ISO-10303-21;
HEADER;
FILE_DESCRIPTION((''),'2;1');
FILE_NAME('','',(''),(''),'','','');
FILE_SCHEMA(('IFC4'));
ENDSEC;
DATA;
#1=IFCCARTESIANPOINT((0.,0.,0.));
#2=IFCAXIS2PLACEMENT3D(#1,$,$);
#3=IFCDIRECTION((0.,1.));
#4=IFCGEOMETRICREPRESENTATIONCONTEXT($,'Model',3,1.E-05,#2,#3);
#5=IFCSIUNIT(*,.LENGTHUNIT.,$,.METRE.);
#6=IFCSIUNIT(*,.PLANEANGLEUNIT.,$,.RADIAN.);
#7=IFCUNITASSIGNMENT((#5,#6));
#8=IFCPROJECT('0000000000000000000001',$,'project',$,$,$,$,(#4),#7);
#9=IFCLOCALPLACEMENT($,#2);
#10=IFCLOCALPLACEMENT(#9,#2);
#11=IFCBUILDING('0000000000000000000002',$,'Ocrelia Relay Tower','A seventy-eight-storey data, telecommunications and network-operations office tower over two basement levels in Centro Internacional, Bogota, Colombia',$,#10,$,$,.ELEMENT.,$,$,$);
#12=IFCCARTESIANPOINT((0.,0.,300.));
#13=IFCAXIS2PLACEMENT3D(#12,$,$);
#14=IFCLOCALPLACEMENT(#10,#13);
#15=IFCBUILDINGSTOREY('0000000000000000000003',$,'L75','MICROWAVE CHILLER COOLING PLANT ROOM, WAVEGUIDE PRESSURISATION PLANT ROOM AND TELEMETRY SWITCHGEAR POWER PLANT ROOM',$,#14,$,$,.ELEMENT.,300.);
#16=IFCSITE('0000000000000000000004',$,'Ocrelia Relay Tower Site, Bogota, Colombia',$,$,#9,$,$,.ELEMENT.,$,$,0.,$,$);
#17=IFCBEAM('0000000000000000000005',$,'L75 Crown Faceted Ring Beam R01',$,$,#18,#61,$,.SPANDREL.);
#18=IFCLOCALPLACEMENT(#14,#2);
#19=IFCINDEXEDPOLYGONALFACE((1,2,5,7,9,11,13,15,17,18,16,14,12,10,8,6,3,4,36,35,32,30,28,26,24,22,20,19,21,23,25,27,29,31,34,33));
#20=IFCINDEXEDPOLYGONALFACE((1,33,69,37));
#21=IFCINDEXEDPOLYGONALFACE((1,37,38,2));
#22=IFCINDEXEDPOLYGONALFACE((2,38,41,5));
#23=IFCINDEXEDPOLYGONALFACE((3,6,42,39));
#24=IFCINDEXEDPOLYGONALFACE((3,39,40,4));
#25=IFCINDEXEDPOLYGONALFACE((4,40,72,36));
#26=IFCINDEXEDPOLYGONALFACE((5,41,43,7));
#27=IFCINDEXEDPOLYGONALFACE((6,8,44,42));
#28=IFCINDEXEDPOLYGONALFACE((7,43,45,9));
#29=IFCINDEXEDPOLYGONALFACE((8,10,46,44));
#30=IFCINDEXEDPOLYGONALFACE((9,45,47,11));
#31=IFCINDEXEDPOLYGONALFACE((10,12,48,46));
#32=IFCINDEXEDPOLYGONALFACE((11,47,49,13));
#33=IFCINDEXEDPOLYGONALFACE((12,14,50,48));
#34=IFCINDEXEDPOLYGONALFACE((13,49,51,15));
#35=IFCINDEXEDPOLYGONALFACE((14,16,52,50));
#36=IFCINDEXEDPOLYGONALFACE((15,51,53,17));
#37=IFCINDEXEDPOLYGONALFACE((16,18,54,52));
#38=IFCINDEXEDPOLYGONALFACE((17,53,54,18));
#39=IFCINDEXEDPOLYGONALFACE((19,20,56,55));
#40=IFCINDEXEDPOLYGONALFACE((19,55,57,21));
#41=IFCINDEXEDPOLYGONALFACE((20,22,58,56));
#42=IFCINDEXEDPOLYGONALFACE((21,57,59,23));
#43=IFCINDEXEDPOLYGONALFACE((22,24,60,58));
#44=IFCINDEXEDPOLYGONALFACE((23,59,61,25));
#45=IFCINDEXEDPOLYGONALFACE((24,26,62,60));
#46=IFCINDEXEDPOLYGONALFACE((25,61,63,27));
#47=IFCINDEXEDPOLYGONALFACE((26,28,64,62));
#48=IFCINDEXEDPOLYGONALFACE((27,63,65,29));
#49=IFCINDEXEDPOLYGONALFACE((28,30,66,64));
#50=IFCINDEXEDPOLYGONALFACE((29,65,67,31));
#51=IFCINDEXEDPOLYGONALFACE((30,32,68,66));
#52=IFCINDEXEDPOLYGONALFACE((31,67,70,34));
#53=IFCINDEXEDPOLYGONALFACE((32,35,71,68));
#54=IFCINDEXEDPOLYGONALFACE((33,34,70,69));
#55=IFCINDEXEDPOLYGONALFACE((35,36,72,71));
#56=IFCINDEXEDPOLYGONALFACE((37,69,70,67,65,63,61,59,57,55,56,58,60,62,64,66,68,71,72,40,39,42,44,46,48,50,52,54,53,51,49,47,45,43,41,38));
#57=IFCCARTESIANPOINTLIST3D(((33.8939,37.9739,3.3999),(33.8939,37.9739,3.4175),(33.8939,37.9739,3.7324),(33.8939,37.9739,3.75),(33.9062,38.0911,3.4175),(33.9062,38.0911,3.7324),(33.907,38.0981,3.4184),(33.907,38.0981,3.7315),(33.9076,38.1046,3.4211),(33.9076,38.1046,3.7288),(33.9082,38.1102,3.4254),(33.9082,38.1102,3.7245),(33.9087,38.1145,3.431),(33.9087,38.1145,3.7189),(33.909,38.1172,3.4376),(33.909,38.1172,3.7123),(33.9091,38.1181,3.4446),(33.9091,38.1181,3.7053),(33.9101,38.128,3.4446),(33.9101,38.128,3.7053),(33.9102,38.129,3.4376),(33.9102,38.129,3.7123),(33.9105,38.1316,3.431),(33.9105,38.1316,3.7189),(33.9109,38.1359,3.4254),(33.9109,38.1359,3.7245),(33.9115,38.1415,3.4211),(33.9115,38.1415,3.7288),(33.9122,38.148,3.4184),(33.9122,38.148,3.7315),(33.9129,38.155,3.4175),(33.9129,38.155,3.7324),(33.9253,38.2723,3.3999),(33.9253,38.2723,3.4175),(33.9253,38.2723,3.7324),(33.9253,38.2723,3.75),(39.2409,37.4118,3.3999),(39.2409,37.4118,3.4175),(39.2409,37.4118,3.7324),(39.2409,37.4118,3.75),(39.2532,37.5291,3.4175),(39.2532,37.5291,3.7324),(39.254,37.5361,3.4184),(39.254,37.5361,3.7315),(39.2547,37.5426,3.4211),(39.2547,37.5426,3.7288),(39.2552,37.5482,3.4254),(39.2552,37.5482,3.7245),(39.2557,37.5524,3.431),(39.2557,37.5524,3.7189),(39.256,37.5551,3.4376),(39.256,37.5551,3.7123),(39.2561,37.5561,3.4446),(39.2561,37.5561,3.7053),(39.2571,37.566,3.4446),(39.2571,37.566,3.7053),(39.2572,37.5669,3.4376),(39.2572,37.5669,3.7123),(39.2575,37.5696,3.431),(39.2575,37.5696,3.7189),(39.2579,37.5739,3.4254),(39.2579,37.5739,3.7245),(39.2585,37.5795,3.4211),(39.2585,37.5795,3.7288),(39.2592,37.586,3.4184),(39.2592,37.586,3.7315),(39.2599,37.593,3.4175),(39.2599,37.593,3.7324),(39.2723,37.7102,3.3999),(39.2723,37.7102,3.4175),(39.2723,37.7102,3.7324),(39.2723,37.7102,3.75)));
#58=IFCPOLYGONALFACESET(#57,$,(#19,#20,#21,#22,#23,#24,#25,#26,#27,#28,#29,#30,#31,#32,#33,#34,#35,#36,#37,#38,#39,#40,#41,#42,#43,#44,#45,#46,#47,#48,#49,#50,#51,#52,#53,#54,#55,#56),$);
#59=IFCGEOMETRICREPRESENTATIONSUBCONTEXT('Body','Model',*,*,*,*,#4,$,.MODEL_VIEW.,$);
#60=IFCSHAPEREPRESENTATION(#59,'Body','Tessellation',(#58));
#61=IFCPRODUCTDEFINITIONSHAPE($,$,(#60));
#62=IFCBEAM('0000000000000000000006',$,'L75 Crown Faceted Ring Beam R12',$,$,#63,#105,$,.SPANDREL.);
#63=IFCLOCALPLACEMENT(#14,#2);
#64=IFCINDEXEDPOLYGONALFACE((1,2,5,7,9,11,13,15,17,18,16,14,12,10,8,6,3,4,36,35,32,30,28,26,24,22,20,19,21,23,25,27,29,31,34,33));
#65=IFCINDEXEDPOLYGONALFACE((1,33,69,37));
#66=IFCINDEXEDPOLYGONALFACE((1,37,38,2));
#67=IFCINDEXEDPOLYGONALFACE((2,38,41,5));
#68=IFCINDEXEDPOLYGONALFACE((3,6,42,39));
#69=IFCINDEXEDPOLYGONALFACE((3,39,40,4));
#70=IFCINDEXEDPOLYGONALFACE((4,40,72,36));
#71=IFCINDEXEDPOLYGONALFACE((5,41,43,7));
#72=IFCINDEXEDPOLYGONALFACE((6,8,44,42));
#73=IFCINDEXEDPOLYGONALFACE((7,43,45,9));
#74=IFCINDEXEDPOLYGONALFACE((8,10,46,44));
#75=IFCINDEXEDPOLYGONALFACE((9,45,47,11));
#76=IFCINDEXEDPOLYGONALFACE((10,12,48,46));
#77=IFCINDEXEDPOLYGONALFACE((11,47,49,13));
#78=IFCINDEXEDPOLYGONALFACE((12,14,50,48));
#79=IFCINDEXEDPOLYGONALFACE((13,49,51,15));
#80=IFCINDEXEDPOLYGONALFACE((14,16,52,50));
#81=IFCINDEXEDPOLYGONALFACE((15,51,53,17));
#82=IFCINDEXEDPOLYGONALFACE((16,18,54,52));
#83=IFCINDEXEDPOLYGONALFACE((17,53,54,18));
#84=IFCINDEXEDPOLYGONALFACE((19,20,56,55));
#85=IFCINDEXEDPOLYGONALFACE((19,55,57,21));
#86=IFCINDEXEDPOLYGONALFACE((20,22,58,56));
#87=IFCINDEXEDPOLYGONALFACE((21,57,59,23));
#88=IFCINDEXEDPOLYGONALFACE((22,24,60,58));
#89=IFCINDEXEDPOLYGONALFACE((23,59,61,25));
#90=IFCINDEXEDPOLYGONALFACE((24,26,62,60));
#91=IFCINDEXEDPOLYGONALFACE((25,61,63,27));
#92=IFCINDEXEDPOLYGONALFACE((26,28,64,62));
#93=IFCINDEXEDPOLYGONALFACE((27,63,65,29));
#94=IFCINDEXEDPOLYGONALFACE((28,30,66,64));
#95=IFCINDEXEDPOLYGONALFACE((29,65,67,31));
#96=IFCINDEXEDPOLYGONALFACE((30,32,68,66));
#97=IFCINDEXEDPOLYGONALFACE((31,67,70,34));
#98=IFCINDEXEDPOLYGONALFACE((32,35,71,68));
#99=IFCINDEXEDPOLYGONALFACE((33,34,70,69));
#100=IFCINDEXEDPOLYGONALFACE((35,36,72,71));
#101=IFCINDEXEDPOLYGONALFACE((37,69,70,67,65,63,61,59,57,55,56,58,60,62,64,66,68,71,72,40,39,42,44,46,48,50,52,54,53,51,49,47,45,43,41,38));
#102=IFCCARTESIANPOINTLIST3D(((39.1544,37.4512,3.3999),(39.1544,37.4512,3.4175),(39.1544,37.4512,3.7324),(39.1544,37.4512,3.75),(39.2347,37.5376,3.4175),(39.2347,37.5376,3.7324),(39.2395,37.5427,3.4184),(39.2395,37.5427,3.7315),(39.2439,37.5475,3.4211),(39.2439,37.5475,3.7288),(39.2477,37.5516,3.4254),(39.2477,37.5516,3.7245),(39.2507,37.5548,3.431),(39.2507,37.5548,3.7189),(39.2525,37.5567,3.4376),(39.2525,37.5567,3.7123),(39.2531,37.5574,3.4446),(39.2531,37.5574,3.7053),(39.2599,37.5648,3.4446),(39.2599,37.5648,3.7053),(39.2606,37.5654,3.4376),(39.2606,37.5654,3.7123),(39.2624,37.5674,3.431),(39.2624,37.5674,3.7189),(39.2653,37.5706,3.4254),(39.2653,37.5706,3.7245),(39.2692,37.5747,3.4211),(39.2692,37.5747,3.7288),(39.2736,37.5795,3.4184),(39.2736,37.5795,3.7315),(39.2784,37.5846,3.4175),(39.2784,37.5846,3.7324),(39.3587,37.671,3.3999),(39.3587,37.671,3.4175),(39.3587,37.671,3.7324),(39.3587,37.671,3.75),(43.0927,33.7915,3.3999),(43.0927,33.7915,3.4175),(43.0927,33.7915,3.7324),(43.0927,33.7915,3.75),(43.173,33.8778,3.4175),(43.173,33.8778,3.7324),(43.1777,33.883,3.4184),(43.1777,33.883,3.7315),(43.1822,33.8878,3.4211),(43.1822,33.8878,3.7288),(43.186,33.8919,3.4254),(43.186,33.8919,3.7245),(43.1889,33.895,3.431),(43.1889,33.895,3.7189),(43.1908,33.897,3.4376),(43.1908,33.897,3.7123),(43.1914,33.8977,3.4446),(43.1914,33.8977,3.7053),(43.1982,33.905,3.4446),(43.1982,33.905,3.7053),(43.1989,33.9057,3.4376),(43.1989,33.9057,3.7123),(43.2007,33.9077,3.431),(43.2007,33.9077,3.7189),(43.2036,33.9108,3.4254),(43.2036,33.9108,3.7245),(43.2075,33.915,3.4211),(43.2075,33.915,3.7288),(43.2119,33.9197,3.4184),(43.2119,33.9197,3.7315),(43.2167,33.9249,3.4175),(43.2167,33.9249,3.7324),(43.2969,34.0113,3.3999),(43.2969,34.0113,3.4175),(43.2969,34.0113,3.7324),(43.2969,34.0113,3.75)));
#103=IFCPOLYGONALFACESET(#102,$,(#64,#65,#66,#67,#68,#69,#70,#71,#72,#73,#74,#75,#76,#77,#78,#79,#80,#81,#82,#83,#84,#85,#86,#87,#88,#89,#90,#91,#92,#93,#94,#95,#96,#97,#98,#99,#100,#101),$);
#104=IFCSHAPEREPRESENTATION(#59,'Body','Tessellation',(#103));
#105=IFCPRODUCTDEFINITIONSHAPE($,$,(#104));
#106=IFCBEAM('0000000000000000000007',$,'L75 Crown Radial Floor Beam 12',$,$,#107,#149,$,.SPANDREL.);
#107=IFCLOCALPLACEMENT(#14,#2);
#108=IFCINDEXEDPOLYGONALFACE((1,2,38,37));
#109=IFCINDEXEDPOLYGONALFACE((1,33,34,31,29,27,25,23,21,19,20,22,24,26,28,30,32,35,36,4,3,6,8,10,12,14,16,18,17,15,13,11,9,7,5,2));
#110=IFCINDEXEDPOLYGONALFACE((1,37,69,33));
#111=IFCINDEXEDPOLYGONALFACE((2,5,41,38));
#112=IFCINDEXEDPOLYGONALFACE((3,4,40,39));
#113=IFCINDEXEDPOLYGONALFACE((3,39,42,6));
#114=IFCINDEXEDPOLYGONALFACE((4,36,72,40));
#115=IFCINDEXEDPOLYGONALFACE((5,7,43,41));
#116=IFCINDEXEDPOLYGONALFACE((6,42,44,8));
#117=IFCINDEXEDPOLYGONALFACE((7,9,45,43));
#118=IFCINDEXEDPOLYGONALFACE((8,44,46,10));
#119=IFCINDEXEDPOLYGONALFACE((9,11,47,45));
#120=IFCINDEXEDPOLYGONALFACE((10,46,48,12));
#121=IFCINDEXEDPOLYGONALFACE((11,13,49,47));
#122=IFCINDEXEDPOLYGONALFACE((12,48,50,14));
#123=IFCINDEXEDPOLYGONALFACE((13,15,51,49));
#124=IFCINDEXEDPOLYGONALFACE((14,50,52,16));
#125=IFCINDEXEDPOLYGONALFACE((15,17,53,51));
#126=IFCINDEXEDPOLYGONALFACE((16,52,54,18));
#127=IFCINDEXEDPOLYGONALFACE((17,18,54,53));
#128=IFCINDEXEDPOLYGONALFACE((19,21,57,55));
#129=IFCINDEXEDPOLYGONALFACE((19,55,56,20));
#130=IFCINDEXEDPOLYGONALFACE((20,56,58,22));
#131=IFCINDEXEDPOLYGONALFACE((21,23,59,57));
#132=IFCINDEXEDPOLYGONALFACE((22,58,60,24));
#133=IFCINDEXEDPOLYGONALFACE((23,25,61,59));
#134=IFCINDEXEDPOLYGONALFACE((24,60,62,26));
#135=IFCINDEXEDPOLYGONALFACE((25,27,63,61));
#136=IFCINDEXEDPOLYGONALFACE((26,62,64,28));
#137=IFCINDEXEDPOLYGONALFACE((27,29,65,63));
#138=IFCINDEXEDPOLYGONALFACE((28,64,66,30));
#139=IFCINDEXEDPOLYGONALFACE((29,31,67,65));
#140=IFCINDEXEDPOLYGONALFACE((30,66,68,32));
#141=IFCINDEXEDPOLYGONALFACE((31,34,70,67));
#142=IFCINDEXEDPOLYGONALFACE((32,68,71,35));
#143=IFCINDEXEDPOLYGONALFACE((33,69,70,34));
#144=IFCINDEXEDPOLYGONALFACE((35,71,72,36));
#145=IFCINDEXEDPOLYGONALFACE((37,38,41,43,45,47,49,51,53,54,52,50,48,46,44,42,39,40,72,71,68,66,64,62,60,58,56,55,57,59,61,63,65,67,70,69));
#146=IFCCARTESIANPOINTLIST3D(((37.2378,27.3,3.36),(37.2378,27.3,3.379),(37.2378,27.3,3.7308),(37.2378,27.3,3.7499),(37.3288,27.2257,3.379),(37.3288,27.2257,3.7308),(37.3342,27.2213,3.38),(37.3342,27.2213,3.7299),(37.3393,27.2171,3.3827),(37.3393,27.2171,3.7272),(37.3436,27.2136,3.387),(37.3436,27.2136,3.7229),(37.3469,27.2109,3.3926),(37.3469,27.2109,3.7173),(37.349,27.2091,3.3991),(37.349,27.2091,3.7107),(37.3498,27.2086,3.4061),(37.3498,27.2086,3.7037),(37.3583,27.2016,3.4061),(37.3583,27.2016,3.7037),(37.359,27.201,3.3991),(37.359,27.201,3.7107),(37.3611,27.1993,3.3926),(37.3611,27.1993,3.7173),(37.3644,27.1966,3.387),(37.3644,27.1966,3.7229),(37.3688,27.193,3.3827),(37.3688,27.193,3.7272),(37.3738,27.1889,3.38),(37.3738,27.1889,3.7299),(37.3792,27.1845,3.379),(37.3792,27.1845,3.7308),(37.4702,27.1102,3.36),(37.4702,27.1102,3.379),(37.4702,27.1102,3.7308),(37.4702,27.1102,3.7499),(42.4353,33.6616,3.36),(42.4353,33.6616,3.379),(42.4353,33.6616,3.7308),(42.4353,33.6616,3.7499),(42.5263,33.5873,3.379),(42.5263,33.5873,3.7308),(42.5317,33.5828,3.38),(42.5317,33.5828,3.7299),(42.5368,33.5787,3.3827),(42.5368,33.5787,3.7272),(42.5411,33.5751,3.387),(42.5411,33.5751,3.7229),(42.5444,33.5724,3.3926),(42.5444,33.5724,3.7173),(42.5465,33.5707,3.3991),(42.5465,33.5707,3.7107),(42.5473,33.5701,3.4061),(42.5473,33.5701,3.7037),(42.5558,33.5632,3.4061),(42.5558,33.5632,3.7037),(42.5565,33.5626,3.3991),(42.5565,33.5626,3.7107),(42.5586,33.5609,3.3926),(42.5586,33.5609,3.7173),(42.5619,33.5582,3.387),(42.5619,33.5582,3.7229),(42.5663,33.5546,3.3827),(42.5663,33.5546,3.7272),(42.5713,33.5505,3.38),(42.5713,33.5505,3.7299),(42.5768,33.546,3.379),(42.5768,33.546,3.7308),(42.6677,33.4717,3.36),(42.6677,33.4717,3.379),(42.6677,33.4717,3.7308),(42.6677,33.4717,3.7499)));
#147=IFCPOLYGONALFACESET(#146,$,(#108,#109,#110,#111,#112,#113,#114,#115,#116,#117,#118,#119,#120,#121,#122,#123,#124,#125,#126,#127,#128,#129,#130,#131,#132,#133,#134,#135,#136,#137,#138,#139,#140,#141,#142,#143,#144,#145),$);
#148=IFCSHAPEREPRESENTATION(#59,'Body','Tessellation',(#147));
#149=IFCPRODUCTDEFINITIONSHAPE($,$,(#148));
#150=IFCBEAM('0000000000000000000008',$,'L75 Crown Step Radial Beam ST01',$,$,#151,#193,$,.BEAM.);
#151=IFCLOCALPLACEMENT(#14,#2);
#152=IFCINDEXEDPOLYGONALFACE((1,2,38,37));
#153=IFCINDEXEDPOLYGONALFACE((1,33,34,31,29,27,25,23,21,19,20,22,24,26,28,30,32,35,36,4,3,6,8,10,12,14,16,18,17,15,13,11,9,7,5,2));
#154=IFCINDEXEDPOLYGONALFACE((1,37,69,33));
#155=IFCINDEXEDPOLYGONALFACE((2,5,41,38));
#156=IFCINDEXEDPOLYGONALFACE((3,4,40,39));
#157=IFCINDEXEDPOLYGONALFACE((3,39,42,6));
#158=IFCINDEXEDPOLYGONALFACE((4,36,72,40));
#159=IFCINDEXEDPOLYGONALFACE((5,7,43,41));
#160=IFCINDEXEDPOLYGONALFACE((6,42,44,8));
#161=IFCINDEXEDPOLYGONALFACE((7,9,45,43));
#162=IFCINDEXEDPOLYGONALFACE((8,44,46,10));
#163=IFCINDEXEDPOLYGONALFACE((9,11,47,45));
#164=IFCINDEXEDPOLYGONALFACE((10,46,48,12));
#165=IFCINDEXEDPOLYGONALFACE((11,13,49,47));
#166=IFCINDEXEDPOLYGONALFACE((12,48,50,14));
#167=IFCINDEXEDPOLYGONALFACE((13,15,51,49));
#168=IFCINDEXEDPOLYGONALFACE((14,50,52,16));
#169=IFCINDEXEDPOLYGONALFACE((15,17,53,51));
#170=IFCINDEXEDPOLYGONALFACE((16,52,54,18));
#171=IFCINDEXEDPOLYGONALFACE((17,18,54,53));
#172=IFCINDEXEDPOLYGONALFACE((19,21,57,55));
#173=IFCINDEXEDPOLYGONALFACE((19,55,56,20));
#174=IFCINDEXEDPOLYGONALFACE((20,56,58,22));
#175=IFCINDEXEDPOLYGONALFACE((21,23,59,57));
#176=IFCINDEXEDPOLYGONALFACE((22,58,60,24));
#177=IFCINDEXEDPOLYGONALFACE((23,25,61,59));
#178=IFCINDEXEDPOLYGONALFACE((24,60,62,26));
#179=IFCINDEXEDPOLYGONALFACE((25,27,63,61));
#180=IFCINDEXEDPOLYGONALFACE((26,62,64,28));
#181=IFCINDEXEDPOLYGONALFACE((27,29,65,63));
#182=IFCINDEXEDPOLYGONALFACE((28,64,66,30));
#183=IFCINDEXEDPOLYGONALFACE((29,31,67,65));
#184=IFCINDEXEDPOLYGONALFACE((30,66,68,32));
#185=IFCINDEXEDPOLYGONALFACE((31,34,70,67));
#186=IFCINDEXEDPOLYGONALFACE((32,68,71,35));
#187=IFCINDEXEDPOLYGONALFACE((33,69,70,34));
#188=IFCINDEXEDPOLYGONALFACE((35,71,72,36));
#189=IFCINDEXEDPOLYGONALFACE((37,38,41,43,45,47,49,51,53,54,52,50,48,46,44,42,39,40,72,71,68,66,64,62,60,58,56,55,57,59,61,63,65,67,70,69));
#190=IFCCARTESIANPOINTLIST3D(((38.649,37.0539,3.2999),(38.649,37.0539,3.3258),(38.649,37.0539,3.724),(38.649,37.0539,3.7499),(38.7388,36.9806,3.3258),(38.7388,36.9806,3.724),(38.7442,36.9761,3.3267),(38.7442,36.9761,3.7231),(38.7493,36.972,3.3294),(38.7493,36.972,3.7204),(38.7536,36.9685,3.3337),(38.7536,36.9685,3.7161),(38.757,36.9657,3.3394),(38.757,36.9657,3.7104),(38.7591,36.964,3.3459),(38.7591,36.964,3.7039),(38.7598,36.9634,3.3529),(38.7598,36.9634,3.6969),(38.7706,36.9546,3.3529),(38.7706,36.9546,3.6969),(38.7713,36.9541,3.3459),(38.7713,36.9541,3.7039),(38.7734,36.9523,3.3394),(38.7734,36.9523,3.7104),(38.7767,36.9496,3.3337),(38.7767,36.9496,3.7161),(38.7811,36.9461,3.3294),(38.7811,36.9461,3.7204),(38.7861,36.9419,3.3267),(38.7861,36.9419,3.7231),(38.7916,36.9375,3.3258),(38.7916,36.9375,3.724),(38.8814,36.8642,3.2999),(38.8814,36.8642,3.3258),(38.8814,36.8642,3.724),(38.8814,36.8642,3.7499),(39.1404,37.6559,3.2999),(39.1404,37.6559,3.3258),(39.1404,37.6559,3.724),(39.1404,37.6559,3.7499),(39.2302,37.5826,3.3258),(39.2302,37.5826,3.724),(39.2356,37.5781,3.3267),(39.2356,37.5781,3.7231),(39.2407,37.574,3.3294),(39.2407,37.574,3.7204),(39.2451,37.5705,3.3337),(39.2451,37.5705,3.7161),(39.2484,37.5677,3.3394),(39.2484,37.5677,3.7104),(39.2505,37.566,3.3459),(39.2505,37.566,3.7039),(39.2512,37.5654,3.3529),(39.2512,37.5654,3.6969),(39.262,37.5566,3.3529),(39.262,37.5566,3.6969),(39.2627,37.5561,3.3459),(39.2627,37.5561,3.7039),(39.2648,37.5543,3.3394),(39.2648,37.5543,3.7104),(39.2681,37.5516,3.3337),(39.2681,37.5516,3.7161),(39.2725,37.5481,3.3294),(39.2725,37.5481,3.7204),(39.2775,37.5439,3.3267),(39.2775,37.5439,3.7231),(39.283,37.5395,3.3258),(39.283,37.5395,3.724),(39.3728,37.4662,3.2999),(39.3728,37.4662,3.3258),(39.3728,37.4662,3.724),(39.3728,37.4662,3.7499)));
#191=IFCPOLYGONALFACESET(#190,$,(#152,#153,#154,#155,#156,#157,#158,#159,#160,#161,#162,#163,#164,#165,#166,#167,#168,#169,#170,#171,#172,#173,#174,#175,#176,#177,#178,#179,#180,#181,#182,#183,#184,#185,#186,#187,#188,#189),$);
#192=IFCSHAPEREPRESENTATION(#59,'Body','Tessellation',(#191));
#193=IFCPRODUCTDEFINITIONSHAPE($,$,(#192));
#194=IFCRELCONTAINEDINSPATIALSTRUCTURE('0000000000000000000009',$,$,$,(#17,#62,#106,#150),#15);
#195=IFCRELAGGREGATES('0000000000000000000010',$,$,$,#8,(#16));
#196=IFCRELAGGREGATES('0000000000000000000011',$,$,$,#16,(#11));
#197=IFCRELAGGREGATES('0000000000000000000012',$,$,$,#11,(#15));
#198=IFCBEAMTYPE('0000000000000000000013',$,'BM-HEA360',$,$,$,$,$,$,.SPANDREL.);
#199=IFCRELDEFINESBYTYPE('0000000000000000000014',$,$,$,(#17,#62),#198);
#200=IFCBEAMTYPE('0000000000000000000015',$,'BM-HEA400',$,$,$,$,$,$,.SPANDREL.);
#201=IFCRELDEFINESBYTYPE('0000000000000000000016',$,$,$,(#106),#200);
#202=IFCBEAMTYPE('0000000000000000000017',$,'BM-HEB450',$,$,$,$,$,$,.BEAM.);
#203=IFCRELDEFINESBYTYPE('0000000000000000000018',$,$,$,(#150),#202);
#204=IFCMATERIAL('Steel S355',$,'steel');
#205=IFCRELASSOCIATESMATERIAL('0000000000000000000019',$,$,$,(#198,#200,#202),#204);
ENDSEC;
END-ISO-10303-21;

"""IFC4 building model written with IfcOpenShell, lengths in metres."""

from ifc_helpers import new_model, si_unit, direction, frame, origin, origin_2d, place, context, subcontext, project, spatial, i_section, extrude, material, material_profile, profile_set, type_object, element, save


model = new_model("IFC4")

# Units and contexts
model_context = context("Model", 3, precision=1e-05, world=origin(), true_north=direction((0.0, 1.0)))
body_context = subcontext(model_context, "Body", "Model", "MODEL_VIEW")
ifc_project = project(units=[si_unit("LENGTHUNIT", "METRE"), si_unit("PLANEANGLEUNIT", "RADIAN")], contexts=[model_context])

# Site, building, storey
site_placement = place(None, origin())
site = spatial("IfcSite", under=ifc_project, at=site_placement, Name="Ocrelia Relay Tower Site, Bogota, Colombia", CompositionType="ELEMENT", RefElevation=0.0)
building_placement = place(site_placement, origin())
building = spatial("IfcBuilding", under=site, at=building_placement, Name="Ocrelia Relay Tower", Description="A seventy-eight-storey data, telecommunications and network-operations office tower over two basement levels in Centro Internacional, Bogota, Colombia", CompositionType="ELEMENT")
storey_placement = place(building_placement, frame((0.0, 0.0, 300.0)))
storey = spatial("IfcBuildingStorey", under=building, at=storey_placement, Name="L75", Description="MICROWAVE CHILLER COOLING PLANT ROOM, WAVEGUIDE PRESSURISATION PLANT ROOM AND TELEMETRY SWITCHGEAR POWER PLANT ROOM", CompositionType="ELEMENT", Elevation=300.0)

# Beams
ifc_material_1 = material(Name="Steel S355", Category="steel")
ifc_material_profile_1 = material_profile(ifc_material_1, i_section(OverallWidth=0.3, OverallDepth=0.3501, WebThickness=0.01, FlangeThickness=0.0176, FilletRadius=0.0271, at=origin_2d()), Name="HEA 360")
ifc_profile_set_1 = profile_set([ifc_material_profile_1], Name="Steel S355")
beam_type_1 = type_object("IfcBeamType", Name="BM-HEA360", PredefinedType="SPANDREL", material=ifc_profile_set_1)
beam_1_placement = place(storey_placement, frame((39.2566, 37.561, 3.575), z_axis=(-0.994521, 0.104534, 0.0), x_axis=(-0.104534, -0.994521, 0.0)))
element("IfcBeam", 1, at=beam_1_placement, inside=storey, type_object=beam_type_1, Name="L75 Crown Faceted Ring Beam R01", PredefinedType="SPANDREL", context=body_context, shape_type="SweptSolid", body=[
    extrude(i_section(OverallWidth=0.3, OverallDepth=0.3501, WebThickness=0.01, FlangeThickness=0.0176, FilletRadius=0.0271, at=origin_2d()), origin(), (0.0, 0.0, 1.0), 5.3765),
])
beam_2_placement = place(storey_placement, frame((43.1948, 33.9014, 3.575), z_axis=(-0.73254, 0.680725, 0.0), x_axis=(-0.680725, -0.73254, 0.0)))
element("IfcBeam", 2, at=beam_2_placement, inside=storey, type_object=beam_type_1, Name="L75 Crown Faceted Ring Beam R12", PredefinedType="SPANDREL", context=body_context, shape_type="SweptSolid", body=[
    extrude(i_section(OverallWidth=0.3, OverallDepth=0.3501, WebThickness=0.01, FlangeThickness=0.0176, FilletRadius=0.0271, at=origin_2d()), origin(), (0.0, 0.0, 1.0), 5.3762),
])
ifc_material_profile_2 = material_profile(ifc_material_1, i_section(OverallWidth=0.3, OverallDepth=0.3899, WebThickness=0.011, FlangeThickness=0.019, FilletRadius=0.0271, at=origin_2d()), Name="HEA 400")
ifc_profile_set_2 = profile_set([ifc_material_profile_2], Name="Steel S355")
beam_type_2 = type_object("IfcBeamType", Name="BM-HEA400", PredefinedType="SPANDREL", material=ifc_profile_set_2)
beam_3_placement = place(storey_placement, frame((42.5515, 33.5667, 3.5549), z_axis=(-0.632697, -0.774399, 0.0), x_axis=(0.774399, -0.632697, 0.0)))
element("IfcBeam", 3, at=beam_3_placement, inside=storey, type_object=beam_type_2, Name="L75 Crown Radial Floor Beam 12", PredefinedType="SPANDREL", context=body_context, shape_type="SweptSolid", body=[
    extrude(i_section(OverallWidth=0.3, OverallDepth=0.3899, WebThickness=0.011, FlangeThickness=0.019, FilletRadius=0.0271, at=origin_2d()), origin(), (0.0, 0.0, 1.0), 8.2148),
])
ifc_material_profile_3 = material_profile(ifc_material_1, i_section(OverallWidth=0.3, OverallDepth=0.45, WebThickness=0.0139, FlangeThickness=0.0259, FilletRadius=0.0271, at=origin_2d()), Name="HEB 450")
ifc_profile_set_3 = profile_set([ifc_material_profile_3], Name="Steel S355")
beam_type_3 = type_object("IfcBeamType", Name="BM-HEB450", PredefinedType="BEAM", material=ifc_profile_set_3)
beam_4_placement = place(storey_placement, frame((39.2566, 37.561, 3.5249), z_axis=(-0.632365, -0.774671, 0.0), x_axis=(0.774671, -0.632365, 0.0)))
element("IfcBeam", 4, at=beam_4_placement, inside=storey, type_object=beam_type_3, Name="L75 Crown Step Radial Beam ST01", PredefinedType="BEAM", context=body_context, shape_type="SweptSolid", body=[
    extrude(i_section(OverallWidth=0.3, OverallDepth=0.45, WebThickness=0.0139, FlangeThickness=0.0259, FilletRadius=0.0271, at=origin_2d()), origin(), (0.0, 0.0, 1.0), 0.7771),
])

save(model, "model.ifc")
